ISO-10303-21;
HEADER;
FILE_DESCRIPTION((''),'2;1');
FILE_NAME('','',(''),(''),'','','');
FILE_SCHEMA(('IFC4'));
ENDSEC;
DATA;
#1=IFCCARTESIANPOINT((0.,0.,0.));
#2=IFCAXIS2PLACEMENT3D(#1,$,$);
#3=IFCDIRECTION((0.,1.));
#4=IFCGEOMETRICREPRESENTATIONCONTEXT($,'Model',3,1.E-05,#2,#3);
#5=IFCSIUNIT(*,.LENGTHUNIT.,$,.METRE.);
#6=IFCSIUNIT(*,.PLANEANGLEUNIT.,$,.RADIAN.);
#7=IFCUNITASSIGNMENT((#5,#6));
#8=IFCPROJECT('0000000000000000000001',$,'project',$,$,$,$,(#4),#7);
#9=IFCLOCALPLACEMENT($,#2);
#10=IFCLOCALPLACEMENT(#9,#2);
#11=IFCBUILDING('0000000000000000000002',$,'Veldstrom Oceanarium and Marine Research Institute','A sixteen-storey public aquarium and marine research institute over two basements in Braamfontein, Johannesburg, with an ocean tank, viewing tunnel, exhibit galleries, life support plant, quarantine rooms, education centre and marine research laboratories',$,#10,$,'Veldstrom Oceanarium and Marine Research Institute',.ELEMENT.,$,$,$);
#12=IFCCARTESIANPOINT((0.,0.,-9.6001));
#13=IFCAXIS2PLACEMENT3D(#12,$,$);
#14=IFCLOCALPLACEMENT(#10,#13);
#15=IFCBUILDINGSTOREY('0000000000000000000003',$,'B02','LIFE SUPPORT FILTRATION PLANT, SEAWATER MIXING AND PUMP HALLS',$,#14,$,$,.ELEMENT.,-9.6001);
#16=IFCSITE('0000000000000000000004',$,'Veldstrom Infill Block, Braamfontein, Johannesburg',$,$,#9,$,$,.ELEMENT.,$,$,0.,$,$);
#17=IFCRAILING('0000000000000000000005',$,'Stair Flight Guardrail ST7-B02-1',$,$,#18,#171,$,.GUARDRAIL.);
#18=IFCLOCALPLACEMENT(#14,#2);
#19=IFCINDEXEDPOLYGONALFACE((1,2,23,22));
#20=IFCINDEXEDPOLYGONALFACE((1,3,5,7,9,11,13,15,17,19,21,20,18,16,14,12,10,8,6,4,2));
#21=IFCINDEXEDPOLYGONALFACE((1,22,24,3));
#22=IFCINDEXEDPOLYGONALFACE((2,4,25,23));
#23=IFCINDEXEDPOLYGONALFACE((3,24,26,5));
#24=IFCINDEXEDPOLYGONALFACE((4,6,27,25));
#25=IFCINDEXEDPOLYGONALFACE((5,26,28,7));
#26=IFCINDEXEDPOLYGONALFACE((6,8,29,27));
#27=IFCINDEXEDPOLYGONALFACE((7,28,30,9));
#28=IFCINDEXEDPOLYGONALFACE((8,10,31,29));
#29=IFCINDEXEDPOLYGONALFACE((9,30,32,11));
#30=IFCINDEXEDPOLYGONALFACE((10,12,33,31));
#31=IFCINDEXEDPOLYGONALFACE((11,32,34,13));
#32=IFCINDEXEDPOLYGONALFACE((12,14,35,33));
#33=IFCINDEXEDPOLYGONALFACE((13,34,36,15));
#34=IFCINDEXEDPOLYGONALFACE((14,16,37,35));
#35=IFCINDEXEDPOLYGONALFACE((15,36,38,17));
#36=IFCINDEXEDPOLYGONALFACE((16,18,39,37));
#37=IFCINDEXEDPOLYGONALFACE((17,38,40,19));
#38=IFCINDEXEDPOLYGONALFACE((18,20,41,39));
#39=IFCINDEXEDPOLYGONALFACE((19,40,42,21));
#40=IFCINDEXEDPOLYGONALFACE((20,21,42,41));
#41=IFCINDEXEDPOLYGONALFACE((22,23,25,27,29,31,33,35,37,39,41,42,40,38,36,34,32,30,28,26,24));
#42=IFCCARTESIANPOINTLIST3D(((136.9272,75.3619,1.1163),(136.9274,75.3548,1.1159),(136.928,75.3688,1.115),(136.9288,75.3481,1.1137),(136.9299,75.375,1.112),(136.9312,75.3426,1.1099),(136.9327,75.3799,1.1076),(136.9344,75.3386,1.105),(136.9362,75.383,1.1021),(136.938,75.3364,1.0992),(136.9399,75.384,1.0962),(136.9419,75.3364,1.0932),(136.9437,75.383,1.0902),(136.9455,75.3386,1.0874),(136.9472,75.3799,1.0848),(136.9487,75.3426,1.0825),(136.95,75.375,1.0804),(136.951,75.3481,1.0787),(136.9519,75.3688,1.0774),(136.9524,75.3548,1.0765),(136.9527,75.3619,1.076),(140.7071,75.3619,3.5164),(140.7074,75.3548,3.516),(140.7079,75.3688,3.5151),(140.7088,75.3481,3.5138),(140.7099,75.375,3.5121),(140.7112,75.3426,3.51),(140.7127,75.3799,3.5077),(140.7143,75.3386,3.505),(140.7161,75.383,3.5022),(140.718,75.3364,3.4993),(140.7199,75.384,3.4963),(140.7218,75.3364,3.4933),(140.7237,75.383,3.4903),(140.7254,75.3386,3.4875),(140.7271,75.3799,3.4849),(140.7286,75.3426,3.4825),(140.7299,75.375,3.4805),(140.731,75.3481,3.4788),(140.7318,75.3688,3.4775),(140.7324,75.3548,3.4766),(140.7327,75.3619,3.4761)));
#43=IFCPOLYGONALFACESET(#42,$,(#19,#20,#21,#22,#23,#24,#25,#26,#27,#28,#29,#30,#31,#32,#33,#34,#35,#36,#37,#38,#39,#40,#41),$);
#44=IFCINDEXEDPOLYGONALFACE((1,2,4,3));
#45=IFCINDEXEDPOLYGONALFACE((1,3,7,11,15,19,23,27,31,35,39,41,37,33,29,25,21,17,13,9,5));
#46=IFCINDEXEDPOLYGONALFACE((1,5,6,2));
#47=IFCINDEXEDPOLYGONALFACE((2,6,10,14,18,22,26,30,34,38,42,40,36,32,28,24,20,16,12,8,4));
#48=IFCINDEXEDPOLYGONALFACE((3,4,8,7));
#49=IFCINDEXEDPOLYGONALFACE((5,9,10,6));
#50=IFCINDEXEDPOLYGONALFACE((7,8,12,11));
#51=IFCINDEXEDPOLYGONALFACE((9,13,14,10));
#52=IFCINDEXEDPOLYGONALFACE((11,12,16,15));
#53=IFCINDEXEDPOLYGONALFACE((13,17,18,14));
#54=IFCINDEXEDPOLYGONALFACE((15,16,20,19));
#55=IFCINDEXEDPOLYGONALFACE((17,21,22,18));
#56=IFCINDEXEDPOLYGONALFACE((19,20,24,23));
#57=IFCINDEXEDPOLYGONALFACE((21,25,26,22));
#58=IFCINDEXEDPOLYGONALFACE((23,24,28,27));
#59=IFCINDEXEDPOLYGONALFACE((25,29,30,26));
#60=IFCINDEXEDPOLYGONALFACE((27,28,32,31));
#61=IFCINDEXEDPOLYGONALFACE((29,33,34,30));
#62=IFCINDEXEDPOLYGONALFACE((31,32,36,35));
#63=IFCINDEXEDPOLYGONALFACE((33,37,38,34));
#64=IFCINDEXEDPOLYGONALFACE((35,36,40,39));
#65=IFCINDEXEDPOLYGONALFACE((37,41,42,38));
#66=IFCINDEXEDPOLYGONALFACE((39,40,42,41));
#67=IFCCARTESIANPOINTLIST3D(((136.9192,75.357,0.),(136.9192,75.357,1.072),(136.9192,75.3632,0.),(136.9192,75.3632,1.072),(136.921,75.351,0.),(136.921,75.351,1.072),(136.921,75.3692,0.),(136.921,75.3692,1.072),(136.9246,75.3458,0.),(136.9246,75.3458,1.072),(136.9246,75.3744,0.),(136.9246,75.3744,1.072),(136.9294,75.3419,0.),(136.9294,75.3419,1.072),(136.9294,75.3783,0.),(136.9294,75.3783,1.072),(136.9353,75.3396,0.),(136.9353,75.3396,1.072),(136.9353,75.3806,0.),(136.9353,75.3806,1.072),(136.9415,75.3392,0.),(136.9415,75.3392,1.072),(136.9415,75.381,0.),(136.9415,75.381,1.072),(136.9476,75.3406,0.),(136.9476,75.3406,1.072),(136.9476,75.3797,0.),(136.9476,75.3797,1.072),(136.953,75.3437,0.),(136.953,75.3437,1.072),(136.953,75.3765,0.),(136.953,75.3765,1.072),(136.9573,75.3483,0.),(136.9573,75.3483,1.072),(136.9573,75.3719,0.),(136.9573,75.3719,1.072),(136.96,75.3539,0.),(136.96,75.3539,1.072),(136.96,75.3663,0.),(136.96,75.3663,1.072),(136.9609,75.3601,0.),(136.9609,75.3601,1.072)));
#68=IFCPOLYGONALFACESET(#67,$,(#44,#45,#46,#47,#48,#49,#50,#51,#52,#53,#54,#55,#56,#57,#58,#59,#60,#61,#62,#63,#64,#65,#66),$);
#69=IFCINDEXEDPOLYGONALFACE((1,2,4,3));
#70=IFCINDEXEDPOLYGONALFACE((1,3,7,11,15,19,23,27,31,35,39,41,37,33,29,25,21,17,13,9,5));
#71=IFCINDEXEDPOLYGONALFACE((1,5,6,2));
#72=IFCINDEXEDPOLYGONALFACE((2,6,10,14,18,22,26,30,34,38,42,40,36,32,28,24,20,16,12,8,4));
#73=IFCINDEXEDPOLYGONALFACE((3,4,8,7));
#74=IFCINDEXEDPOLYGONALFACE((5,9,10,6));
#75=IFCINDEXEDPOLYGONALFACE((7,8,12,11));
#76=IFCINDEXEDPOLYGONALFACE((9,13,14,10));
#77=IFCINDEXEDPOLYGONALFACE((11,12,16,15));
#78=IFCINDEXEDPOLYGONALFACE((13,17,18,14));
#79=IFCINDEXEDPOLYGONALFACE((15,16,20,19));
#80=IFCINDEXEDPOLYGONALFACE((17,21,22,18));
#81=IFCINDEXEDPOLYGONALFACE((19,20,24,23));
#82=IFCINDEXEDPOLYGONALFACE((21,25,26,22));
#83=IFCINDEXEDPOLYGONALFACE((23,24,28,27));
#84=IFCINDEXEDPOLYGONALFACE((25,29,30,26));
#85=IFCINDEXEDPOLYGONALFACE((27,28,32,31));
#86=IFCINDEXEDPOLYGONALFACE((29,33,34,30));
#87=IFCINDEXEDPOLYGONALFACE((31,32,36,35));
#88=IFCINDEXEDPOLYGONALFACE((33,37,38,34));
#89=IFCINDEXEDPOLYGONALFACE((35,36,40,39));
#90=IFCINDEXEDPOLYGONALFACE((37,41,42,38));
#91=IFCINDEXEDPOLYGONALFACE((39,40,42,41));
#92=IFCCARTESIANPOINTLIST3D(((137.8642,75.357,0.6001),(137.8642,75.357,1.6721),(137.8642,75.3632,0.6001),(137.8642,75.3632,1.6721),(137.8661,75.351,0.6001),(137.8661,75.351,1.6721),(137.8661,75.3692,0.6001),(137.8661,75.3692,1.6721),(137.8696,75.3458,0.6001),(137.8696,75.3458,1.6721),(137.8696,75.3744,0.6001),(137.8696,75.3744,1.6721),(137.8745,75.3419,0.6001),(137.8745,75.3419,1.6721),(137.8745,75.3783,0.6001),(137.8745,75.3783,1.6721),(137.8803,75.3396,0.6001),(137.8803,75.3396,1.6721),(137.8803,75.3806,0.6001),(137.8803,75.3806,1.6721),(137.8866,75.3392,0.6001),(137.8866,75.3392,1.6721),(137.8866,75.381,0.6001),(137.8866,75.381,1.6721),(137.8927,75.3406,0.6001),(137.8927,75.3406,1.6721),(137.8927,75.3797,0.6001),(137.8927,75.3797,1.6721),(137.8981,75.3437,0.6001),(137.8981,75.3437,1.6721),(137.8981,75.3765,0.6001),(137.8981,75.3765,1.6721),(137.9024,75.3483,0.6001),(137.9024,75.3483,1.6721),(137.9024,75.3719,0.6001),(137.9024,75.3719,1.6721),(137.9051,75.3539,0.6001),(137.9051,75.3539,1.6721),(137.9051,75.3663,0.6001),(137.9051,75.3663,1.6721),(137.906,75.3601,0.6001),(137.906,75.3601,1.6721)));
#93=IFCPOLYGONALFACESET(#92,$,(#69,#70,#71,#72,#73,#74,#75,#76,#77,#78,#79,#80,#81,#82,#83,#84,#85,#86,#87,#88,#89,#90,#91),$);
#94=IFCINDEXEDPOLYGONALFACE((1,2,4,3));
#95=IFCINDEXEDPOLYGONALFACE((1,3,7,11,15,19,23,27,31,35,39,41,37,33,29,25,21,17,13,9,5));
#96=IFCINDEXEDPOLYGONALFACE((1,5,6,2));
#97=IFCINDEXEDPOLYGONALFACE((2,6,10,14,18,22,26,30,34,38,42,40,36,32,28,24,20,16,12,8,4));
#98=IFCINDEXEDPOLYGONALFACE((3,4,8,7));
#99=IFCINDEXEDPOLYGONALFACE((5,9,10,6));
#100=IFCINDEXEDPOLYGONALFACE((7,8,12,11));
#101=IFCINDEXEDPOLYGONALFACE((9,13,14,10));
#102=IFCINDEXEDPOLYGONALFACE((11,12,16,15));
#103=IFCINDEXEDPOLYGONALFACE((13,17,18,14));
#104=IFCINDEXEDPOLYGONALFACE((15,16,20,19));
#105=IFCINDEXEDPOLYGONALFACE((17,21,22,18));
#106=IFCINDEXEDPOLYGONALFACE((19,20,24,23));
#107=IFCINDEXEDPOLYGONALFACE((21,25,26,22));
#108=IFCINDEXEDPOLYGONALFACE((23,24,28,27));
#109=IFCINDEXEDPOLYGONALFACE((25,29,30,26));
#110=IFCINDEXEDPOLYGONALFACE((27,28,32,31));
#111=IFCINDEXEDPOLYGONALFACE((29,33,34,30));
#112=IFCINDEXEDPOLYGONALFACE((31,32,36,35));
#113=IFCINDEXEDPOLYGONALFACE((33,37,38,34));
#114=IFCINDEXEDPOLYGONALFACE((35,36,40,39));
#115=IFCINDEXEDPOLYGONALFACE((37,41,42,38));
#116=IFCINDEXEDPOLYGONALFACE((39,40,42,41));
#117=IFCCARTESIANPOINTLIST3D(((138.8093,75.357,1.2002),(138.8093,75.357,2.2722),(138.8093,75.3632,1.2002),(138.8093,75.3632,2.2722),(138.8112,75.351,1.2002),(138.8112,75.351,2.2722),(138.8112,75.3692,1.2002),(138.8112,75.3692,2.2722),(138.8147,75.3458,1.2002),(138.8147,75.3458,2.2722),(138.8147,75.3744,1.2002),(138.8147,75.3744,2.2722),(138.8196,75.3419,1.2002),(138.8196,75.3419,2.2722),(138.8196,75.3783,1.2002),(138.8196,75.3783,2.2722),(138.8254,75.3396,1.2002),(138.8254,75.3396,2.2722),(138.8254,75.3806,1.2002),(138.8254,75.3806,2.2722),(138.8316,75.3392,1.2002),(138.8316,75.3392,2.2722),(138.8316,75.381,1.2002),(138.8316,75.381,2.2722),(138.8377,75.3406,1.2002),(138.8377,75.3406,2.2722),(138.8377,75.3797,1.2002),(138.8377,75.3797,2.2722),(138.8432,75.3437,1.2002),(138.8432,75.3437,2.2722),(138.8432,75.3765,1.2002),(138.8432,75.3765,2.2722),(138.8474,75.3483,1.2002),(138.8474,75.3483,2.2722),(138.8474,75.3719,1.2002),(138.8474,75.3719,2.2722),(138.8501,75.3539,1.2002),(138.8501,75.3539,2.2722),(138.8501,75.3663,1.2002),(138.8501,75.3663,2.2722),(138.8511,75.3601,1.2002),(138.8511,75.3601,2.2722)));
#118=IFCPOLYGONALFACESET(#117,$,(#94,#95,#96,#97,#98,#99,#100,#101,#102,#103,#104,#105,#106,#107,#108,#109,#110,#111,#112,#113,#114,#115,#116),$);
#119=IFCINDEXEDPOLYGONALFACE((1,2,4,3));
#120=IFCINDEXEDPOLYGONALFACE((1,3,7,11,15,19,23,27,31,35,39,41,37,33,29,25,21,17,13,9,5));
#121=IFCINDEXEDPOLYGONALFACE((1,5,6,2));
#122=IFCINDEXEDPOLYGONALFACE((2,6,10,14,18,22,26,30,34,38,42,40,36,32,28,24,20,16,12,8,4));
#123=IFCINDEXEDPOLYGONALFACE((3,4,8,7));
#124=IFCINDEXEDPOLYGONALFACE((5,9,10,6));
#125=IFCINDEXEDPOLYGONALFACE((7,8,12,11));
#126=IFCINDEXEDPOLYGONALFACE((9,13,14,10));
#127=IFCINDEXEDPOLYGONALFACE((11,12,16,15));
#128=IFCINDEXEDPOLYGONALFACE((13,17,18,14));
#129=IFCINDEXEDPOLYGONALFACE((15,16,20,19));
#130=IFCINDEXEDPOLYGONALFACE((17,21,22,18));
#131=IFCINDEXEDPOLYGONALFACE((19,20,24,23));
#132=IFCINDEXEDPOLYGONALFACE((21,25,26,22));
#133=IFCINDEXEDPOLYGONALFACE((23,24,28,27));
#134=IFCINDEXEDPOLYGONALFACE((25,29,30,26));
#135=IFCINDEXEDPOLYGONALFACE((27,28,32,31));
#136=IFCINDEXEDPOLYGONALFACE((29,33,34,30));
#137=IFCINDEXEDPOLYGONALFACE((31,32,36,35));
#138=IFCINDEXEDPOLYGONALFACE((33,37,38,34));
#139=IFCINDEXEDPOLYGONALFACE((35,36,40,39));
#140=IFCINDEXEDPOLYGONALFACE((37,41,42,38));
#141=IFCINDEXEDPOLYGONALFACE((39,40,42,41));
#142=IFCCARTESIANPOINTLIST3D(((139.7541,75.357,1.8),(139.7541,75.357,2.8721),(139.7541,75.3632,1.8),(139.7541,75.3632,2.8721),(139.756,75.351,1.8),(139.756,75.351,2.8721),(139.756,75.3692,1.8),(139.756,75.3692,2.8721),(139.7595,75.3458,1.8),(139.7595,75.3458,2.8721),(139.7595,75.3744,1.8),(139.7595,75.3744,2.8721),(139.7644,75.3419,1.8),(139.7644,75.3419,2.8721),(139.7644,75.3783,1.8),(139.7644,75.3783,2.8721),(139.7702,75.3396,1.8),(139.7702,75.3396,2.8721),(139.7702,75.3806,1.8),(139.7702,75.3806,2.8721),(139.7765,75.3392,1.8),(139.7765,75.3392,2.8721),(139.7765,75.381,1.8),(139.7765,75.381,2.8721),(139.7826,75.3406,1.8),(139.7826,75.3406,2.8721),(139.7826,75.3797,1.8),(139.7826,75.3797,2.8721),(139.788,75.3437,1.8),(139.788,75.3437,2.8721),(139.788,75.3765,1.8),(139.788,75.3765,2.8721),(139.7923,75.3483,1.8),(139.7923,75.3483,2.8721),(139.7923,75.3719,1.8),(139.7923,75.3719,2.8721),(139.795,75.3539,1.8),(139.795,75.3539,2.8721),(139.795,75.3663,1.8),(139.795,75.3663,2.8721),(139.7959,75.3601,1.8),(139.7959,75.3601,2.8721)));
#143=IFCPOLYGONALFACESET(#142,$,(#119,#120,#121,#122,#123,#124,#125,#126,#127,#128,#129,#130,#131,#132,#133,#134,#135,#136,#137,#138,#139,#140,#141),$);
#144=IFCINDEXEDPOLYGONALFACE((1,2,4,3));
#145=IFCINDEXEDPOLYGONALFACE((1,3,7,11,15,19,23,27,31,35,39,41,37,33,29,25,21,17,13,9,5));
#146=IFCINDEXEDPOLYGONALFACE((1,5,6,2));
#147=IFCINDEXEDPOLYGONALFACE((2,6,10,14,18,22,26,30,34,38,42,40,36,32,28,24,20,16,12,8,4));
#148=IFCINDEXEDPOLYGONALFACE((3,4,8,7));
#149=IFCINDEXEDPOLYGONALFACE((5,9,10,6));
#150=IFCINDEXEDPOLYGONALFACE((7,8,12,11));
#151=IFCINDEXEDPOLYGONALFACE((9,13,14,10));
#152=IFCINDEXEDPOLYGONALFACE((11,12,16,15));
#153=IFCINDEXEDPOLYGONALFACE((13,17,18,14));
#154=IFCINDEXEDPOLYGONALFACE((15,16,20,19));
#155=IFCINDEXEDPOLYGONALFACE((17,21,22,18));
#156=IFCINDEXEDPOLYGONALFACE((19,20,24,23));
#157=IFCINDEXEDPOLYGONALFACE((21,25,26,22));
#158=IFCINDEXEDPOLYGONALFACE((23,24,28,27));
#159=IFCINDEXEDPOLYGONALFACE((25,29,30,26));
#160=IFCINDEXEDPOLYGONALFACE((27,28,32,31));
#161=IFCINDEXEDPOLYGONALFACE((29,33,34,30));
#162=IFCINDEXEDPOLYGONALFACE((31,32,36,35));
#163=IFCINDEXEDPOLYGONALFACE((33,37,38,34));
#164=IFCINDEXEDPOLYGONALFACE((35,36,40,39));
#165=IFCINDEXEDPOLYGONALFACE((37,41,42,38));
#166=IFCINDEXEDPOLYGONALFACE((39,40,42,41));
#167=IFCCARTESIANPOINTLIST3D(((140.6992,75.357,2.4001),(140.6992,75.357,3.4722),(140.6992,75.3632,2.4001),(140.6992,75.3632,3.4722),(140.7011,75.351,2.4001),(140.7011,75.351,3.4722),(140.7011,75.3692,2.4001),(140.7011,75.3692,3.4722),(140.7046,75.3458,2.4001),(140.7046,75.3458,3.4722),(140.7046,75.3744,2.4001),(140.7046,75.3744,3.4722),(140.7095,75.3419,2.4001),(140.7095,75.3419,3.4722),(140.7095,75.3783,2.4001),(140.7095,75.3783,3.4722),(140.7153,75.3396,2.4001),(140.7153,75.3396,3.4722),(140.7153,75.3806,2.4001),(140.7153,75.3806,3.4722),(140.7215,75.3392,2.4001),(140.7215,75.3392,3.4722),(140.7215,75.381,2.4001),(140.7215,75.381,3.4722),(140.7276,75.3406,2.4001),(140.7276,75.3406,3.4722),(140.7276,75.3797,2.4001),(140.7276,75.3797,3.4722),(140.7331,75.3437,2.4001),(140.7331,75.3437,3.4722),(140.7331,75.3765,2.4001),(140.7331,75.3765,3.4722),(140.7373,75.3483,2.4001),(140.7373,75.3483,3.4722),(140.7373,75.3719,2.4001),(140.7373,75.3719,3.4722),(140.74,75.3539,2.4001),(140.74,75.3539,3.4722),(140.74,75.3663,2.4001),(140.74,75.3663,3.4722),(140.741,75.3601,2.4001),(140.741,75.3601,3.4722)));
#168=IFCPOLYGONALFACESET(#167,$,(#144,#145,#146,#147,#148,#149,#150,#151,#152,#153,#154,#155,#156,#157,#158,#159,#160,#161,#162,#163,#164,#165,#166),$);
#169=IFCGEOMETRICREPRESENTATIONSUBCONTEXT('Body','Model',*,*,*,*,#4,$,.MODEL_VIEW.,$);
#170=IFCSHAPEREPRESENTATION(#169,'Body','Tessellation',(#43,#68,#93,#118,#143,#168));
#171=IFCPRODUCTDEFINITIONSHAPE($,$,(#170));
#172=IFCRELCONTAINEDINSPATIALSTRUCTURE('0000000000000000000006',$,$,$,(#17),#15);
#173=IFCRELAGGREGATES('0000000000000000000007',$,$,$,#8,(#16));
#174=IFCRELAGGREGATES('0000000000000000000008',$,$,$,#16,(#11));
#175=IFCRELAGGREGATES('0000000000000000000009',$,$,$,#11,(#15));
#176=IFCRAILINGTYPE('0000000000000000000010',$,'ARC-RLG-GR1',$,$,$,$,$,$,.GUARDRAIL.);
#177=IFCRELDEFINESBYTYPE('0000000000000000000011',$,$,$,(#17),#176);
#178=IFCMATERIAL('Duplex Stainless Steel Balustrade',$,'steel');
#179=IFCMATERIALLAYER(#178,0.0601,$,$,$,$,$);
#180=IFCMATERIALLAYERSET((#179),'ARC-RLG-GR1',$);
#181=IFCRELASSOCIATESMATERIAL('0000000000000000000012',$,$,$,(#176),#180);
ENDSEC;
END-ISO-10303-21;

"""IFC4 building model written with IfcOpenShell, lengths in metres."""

from ifc_helpers import new_model, si_unit, direction, frame, origin, origin_2d, place, context, subcontext, project, spatial, circle, extrude, material, layer, layer_set, type_object, element, save


model = new_model("IFC4")

# Units and contexts
model_context = context("Model", 3, precision=1e-05, world=origin(), true_north=direction((0.0, 1.0)))
body_context = subcontext(model_context, "Body", "Model", "MODEL_VIEW")
ifc_project = project(units=[si_unit("LENGTHUNIT", "METRE"), si_unit("PLANEANGLEUNIT", "RADIAN")], contexts=[model_context])

# Site, building, storey
site_placement = place(None, origin())
site = spatial("IfcSite", under=ifc_project, at=site_placement, Name="Veldstrom Infill Block, Braamfontein, Johannesburg", CompositionType="ELEMENT", RefElevation=0.0)
building_placement = place(site_placement, origin())
building = spatial("IfcBuilding", under=site, at=building_placement, Name="Veldstrom Oceanarium and Marine Research Institute", Description="A sixteen-storey public aquarium and marine research institute over two basements in Braamfontein, Johannesburg, with an ocean tank, viewing tunnel, exhibit galleries, life support plant, quarantine rooms, education centre and marine research laboratories", LongName="Veldstrom Oceanarium and Marine Research Institute", CompositionType="ELEMENT")
storey_placement = place(building_placement, frame((0.0, 0.0, -9.6001)))
storey = spatial("IfcBuildingStorey", under=building, at=storey_placement, Name="B02", Description="LIFE SUPPORT FILTRATION PLANT, SEAWATER MIXING AND PUMP HALLS", CompositionType="ELEMENT", Elevation=-9.6001)

# Railing
ifc_material_1 = material(Name="Duplex Stainless Steel Balustrade", Category="steel")
ifc_layer_1 = layer(ifc_material_1, 0.0601)
ifc_layer_set_1 = layer_set([ifc_layer_1], Name="ARC-RLG-GR1")
railing_type_1 = type_object("IfcRailingType", Name="ARC-RLG-GR1", PredefinedType="GUARDRAIL", material=ifc_layer_set_1)
railing_1_placement = place(storey_placement, frame((136.9399, 75.3601, 0.0)))
element("IfcRailing", 1, at=railing_1_placement, inside=storey, type_object=railing_type_1, Name="Stair Flight Guardrail ST7-B02-1", PredefinedType="GUARDRAIL", context=body_context, shape_type="SweptSolid", body=[
    extrude(circle(Radius=0.0239, at=origin_2d()), frame((0.0, 0.0, 1.0962), z_axis=(0.8442, 0.0, 0.536028), x_axis=(0.0, 1.0, 0.0)), (0.0, 0.0, 1.0), 4.4775),
    extrude(circle(Radius=0.021, at=origin_2d()), origin(), (0.0, 0.0, 1.0), 1.072),
    extrude(circle(Radius=0.021, at=origin_2d()), frame((0.9451, 0.0, 0.6001)), (0.0, 0.0, 1.0), 1.072),
    extrude(circle(Radius=0.021, at=origin_2d()), frame((1.8901, 0.0, 1.2002)), (0.0, 0.0, 1.0), 1.072),
    extrude(circle(Radius=0.021, at=origin_2d()), frame((2.835, 0.0, 1.8)), (0.0, 0.0, 1.0), 1.072),
    extrude(circle(Radius=0.021, at=origin_2d()), frame((3.78, 0.0, 2.4001)), (0.0, 0.0, 1.0), 1.072),
])

save(model, "model.ifc")
